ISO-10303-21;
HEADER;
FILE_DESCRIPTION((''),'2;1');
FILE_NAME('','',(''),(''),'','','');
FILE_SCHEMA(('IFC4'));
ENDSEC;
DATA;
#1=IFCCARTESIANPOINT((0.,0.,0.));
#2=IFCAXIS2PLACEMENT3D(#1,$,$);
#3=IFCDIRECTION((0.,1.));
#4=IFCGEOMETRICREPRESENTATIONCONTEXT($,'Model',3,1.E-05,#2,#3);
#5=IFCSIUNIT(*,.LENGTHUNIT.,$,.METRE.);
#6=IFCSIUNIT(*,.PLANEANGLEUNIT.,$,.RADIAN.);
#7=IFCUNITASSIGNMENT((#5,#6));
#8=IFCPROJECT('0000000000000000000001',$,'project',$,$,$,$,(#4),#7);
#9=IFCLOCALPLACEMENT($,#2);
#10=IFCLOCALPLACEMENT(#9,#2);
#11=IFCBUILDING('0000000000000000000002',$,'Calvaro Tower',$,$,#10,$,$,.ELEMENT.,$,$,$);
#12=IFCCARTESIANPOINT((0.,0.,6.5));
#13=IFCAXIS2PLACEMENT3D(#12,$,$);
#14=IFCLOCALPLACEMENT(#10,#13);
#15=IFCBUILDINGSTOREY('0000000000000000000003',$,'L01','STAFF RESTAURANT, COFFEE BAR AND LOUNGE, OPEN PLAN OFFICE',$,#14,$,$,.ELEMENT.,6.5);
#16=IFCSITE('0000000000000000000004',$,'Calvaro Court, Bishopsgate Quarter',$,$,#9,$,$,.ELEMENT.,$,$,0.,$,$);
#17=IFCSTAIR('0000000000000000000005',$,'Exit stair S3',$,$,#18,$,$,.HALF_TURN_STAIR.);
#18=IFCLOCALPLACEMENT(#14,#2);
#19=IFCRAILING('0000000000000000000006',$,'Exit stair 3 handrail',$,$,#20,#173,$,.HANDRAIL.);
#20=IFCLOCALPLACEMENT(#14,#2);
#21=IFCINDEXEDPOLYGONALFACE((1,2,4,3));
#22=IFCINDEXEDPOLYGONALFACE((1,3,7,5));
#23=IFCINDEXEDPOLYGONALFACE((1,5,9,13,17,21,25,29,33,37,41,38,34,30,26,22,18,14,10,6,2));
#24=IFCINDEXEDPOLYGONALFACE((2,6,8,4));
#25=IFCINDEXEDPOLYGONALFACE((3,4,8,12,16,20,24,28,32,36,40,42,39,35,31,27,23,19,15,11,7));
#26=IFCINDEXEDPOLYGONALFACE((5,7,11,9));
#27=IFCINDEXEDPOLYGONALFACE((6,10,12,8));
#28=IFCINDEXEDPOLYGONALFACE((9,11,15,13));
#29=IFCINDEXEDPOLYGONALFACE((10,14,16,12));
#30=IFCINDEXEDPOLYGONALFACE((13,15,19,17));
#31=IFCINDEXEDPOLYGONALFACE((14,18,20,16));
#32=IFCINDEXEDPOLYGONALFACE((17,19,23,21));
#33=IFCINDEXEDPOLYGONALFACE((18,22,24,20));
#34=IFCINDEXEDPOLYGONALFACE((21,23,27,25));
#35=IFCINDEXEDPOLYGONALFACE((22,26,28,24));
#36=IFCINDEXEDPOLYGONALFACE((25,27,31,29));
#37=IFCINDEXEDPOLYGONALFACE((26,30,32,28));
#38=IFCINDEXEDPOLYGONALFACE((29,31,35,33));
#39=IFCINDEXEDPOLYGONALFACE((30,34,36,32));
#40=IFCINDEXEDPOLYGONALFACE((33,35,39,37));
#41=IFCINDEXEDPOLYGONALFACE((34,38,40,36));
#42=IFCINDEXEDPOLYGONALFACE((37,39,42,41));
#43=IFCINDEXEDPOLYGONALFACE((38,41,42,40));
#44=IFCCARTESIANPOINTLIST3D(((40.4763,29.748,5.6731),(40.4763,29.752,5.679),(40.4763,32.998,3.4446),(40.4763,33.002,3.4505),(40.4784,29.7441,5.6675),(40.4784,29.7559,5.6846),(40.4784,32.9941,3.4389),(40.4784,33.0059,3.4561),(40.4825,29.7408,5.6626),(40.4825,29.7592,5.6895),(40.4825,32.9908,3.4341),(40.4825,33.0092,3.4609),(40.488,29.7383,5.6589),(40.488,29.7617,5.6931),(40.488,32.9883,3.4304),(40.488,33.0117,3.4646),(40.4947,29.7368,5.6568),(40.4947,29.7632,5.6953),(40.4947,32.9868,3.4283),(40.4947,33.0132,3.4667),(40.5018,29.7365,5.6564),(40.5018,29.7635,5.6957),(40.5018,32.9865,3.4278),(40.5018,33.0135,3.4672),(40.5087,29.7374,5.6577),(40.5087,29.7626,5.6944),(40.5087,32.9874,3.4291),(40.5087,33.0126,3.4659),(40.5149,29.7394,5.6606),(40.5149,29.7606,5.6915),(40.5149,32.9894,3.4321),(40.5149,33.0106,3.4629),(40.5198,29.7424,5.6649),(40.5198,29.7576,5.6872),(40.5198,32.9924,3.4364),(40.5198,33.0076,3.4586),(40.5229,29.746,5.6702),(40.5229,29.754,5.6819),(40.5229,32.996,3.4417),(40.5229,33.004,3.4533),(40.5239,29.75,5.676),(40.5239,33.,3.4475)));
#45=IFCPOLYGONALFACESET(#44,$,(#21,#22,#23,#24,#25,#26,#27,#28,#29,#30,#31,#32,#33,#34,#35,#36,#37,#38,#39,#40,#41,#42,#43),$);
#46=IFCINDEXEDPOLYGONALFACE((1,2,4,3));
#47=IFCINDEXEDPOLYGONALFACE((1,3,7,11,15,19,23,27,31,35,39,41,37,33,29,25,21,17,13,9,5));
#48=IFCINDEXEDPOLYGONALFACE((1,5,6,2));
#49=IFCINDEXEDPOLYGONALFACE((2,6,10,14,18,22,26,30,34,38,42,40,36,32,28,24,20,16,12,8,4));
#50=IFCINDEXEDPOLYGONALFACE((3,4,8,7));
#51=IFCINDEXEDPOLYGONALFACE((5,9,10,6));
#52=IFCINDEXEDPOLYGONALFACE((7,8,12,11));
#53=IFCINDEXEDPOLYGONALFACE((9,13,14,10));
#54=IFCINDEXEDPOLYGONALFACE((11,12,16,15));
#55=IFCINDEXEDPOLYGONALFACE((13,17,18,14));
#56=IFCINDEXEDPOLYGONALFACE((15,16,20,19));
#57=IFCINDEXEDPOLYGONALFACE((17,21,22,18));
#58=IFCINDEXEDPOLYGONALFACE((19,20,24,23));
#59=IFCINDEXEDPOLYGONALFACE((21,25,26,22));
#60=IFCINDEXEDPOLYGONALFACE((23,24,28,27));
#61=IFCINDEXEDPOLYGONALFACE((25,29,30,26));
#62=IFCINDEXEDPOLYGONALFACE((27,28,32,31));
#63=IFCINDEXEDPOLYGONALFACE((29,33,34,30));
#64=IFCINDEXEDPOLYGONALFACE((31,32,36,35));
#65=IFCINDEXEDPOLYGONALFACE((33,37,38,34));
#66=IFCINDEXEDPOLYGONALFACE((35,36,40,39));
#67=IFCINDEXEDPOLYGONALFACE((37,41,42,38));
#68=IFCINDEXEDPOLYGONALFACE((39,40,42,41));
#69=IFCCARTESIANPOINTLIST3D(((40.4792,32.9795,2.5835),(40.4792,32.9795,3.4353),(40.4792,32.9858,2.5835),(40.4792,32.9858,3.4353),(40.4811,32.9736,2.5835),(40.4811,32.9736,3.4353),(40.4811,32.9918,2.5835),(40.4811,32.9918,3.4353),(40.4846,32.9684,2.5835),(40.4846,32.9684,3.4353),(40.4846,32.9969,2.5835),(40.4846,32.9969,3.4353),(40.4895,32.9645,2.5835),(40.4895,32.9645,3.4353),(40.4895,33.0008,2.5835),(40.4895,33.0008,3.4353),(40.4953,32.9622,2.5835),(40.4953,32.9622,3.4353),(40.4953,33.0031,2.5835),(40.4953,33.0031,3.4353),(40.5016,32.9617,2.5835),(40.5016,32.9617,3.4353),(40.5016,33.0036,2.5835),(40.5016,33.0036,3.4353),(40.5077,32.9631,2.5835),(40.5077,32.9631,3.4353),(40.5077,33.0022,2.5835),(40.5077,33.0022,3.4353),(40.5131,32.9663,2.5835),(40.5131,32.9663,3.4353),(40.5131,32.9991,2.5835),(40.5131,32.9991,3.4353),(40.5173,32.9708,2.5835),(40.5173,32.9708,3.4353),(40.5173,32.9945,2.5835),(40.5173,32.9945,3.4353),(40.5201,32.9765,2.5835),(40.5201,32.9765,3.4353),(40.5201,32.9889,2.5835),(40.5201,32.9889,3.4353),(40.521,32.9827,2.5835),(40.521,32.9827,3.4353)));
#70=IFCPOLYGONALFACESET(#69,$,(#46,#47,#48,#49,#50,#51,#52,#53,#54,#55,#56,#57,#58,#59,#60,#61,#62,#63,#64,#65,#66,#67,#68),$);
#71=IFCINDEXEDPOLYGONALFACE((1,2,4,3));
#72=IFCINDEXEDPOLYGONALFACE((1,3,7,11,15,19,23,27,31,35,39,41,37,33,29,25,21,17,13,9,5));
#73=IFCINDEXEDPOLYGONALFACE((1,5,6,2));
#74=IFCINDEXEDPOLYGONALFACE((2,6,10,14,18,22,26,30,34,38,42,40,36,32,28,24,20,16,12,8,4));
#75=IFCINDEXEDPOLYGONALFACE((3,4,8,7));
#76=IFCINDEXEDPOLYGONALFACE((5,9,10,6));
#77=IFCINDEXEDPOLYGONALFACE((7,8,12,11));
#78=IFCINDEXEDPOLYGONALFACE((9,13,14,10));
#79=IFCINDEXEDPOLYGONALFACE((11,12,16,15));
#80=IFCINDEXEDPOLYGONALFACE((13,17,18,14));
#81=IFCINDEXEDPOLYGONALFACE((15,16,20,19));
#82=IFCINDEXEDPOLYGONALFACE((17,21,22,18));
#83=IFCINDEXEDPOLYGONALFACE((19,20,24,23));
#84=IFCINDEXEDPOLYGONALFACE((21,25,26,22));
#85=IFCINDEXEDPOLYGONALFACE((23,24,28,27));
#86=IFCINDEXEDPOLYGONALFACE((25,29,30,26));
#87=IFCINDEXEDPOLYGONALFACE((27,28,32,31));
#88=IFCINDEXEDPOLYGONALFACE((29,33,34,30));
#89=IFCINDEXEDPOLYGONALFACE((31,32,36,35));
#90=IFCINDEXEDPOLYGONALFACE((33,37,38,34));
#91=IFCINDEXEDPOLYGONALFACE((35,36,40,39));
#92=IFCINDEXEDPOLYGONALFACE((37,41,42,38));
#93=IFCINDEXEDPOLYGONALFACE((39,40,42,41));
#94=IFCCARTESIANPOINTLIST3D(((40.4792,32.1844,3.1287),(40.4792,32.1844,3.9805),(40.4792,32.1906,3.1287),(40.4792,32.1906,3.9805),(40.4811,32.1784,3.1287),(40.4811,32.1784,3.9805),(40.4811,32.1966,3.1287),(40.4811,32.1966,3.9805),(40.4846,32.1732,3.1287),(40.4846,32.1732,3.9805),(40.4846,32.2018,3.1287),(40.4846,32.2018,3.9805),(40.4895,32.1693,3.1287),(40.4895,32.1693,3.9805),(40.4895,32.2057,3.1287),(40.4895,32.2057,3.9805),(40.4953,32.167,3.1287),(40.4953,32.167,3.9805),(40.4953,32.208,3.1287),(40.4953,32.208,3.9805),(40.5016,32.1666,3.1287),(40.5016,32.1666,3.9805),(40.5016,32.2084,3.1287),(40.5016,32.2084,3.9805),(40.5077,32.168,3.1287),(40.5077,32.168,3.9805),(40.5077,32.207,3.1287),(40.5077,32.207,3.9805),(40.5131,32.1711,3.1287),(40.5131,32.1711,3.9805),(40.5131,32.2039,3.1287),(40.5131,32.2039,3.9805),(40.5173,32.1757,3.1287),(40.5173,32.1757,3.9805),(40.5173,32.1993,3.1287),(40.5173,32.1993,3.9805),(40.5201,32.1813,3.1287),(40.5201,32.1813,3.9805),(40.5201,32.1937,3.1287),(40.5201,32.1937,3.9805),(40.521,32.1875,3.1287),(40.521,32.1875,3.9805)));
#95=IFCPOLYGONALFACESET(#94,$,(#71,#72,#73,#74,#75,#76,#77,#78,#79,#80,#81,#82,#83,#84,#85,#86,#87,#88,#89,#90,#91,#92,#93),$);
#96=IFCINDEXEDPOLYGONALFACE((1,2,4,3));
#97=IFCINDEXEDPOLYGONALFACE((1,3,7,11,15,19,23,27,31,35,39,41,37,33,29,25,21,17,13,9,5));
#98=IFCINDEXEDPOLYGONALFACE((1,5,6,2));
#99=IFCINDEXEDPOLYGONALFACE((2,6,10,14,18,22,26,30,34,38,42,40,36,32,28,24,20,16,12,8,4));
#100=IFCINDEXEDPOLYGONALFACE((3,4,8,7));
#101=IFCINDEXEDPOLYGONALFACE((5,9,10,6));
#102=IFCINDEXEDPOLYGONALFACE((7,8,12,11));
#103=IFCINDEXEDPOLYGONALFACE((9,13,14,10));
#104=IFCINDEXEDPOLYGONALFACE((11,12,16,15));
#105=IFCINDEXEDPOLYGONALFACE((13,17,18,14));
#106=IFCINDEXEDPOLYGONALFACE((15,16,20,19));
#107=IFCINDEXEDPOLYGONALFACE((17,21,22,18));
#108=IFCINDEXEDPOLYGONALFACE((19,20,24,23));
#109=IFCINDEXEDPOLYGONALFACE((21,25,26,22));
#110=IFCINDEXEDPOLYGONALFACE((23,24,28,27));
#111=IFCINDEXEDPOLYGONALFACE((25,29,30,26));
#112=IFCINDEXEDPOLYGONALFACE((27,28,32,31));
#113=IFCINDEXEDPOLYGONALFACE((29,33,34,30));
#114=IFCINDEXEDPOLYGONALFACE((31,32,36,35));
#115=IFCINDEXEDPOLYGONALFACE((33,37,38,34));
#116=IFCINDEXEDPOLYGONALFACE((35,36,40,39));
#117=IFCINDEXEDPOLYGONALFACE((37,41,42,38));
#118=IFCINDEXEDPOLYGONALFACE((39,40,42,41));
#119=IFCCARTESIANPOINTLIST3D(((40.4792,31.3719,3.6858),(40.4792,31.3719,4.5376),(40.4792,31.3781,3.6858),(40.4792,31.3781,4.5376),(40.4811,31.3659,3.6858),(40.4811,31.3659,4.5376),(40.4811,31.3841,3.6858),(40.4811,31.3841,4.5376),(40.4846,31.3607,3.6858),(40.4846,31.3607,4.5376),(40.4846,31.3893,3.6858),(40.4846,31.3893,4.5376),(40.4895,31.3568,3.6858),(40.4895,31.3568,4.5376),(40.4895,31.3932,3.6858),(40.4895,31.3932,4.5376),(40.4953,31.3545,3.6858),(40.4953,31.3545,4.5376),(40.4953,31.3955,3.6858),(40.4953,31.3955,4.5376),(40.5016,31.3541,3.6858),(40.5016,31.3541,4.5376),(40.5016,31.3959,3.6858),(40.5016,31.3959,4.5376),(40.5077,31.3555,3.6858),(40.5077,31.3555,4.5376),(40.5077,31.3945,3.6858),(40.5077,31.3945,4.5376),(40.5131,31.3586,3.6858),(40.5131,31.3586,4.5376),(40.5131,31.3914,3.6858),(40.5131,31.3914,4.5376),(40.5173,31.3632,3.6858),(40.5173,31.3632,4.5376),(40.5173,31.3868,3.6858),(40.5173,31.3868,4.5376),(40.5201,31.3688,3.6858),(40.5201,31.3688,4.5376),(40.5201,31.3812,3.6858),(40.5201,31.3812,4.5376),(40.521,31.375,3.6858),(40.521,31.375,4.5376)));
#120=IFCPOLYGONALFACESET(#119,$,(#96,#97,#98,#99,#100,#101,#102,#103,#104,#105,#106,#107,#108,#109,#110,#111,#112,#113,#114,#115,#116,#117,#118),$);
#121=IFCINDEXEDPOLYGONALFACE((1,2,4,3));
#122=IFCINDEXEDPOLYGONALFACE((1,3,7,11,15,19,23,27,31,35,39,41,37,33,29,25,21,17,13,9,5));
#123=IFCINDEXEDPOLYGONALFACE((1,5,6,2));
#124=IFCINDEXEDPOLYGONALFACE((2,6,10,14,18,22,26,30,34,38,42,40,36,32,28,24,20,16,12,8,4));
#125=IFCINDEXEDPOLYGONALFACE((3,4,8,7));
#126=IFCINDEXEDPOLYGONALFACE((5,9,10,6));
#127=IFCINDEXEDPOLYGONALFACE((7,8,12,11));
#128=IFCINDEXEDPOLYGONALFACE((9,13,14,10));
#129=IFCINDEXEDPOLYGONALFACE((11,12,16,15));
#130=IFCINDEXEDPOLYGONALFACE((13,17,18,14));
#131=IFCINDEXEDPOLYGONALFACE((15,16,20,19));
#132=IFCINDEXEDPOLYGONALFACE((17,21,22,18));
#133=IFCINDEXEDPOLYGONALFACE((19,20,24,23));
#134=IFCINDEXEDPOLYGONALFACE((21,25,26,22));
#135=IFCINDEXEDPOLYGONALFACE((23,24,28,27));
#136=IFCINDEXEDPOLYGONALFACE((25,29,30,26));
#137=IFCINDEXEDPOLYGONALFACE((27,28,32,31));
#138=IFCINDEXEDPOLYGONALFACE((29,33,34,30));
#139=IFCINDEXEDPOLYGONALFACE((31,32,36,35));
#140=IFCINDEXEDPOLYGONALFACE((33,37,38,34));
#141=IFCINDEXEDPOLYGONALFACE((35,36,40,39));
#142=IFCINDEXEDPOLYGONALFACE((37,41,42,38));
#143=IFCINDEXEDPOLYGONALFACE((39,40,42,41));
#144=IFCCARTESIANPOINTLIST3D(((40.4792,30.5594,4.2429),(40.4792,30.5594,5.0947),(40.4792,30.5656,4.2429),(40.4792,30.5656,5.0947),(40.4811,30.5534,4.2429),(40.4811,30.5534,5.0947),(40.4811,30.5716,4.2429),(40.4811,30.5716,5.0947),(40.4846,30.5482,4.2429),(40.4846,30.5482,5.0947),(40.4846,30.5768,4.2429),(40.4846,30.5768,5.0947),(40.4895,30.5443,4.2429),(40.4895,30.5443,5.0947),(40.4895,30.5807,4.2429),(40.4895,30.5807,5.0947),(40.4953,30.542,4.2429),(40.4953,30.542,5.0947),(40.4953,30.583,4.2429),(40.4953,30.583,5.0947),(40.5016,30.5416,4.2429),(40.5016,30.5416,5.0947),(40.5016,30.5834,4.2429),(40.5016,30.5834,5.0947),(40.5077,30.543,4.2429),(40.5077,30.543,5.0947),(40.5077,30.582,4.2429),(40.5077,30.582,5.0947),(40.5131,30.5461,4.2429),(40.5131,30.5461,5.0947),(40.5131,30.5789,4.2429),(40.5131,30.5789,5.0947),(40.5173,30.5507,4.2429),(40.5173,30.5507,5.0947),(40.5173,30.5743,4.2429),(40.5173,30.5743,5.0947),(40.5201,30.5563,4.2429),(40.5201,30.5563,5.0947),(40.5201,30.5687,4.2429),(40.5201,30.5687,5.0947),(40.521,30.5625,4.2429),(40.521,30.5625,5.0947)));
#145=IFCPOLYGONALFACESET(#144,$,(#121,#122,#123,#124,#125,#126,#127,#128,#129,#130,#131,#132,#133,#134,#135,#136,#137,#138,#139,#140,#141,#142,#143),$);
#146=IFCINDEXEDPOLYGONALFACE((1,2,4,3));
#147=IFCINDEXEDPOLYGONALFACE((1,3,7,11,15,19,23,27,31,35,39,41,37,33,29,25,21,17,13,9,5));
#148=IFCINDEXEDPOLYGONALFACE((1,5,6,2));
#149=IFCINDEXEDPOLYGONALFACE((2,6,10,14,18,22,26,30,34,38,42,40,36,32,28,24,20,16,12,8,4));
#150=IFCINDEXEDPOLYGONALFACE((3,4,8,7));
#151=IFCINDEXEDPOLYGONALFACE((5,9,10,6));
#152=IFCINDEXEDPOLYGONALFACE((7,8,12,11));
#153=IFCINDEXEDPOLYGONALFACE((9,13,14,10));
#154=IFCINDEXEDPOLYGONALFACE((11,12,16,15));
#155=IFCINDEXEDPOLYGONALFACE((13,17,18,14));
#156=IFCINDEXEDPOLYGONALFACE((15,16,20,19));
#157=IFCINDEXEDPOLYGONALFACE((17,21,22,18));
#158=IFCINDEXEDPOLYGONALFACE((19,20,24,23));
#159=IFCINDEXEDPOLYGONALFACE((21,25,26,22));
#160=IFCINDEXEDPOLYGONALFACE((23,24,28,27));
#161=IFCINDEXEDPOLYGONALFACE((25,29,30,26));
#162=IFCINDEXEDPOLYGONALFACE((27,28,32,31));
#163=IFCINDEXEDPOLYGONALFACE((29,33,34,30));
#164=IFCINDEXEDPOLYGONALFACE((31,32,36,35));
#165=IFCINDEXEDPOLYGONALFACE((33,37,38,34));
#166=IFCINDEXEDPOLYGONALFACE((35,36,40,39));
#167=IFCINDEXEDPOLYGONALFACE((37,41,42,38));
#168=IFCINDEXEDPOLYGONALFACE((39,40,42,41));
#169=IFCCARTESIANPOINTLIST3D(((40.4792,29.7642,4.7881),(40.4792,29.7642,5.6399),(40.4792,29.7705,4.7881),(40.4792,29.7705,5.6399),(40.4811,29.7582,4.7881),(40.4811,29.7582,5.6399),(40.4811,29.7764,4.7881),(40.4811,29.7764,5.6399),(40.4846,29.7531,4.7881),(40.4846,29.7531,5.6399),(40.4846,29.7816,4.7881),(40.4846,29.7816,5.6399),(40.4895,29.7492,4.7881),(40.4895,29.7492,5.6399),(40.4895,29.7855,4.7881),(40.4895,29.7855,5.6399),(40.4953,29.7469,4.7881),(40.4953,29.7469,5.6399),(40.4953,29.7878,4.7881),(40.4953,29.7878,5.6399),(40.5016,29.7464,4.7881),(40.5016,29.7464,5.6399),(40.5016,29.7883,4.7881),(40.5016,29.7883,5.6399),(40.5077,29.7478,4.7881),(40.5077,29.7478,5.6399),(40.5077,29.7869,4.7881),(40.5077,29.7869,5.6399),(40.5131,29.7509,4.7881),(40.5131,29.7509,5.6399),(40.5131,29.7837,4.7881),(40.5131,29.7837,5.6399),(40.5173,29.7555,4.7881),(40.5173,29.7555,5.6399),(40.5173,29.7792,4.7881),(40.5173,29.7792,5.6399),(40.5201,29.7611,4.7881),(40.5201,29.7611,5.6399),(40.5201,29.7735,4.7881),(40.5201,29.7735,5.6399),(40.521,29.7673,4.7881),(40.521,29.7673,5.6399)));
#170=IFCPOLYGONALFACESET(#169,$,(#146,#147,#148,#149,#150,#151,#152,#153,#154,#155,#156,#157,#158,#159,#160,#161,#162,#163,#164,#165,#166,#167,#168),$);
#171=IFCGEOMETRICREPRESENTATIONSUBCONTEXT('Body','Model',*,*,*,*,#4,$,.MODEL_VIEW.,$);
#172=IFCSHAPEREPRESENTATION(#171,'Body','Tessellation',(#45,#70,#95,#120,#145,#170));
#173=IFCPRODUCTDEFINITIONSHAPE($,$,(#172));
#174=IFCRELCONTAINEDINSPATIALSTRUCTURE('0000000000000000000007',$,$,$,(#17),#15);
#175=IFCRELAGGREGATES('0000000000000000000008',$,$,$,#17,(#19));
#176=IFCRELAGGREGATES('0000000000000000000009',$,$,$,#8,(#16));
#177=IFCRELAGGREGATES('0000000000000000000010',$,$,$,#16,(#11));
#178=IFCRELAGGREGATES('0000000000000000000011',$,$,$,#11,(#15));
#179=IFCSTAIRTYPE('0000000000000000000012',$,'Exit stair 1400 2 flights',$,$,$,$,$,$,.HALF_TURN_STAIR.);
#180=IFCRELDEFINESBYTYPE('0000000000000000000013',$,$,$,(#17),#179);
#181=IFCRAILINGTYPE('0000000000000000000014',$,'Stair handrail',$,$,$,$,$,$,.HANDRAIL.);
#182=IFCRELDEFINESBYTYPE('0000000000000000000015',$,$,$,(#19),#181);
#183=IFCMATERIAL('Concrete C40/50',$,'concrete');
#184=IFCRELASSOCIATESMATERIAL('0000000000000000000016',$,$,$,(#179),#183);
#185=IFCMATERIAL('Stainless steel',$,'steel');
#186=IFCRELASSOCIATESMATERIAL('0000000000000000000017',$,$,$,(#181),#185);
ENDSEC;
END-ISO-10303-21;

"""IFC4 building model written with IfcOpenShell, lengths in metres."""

from ifc_helpers import new_model, si_unit, direction, frame, origin, origin_2d, place, context, subcontext, project, spatial, circle, extrude, material, type_object, element, aggregate, save


model = new_model("IFC4")

# Units and contexts
model_context = context("Model", 3, precision=1e-05, world=origin(), true_north=direction((0.0, 1.0)))
body_context = subcontext(model_context, "Body", "Model", "MODEL_VIEW")
ifc_project = project(units=[si_unit("LENGTHUNIT", "METRE"), si_unit("PLANEANGLEUNIT", "RADIAN")], contexts=[model_context])

# Site, building, storey
site_placement = place(None, origin())
site = spatial("IfcSite", under=ifc_project, at=site_placement, Name="Calvaro Court, Bishopsgate Quarter", CompositionType="ELEMENT", RefElevation=0.0)
building_placement = place(site_placement, origin())
building = spatial("IfcBuilding", under=site, at=building_placement, Name="Calvaro Tower", CompositionType="ELEMENT")
storey_placement = place(building_placement, frame((0.0, 0.0, 6.5)))
storey = spatial("IfcBuildingStorey", under=building, at=storey_placement, Name="L01", Description="STAFF RESTAURANT, COFFEE BAR AND LOUNGE, OPEN PLAN OFFICE", CompositionType="ELEMENT", Elevation=6.5)

# Stair, railing
ifc_material_1 = material(Name="Concrete C40/50", Category="concrete")
stair_type = type_object("IfcStairType", Name="Exit stair 1400 2 flights", PredefinedType="HALF_TURN_STAIR", material=ifc_material_1)
stair_placement = place(storey_placement, origin())
stair = element("IfcStair", 1, at=stair_placement, inside=storey, type_object=stair_type, Name="Exit stair S3", PredefinedType="HALF_TURN_STAIR")
ifc_material_2 = material(Name="Stainless steel", Category="steel")
railing_type = type_object("IfcRailingType", Name="Stair handrail", PredefinedType="HANDRAIL", material=ifc_material_2)
railing_1_placement = place(storey_placement, frame((40.5, 33.0, 2.5715)))
railing_1 = element("IfcRailing", 2, at=railing_1_placement, type_object=railing_type, Name="Exit stair 3 handrail", PredefinedType="HANDRAIL", context=body_context, shape_type="SweptSolid", body=[
    extrude(circle(Radius=0.0239, at=origin_2d()), frame((0.0, 0.0, 0.876), z_axis=(0.0, -0.824735, 0.565519), x_axis=(1.0, 0.0, 0.0)), (0.0, 0.0, 1.0), 3.9407),
    extrude(circle(Radius=0.021, at=origin_2d()), frame((0.0, -0.0173, 0.012)), (0.0, 0.0, 1.0), 0.8518),
    extrude(circle(Radius=0.021, at=origin_2d()), frame((0.0, -0.8125, 0.5571)), (0.0, 0.0, 1.0), 0.8518),
    extrude(circle(Radius=0.021, at=origin_2d()), frame((0.0, -1.625, 1.1143)), (0.0, 0.0, 1.0), 0.8518),
    extrude(circle(Radius=0.021, at=origin_2d()), frame((0.0, -2.4375, 1.6714)), (0.0, 0.0, 1.0), 0.8518),
    extrude(circle(Radius=0.021, at=origin_2d()), frame((0.0, -3.2327, 2.2166)), (0.0, 0.0, 1.0), 0.8518),
])
aggregate(stair, [railing_1])

save(model, "model.ifc")
